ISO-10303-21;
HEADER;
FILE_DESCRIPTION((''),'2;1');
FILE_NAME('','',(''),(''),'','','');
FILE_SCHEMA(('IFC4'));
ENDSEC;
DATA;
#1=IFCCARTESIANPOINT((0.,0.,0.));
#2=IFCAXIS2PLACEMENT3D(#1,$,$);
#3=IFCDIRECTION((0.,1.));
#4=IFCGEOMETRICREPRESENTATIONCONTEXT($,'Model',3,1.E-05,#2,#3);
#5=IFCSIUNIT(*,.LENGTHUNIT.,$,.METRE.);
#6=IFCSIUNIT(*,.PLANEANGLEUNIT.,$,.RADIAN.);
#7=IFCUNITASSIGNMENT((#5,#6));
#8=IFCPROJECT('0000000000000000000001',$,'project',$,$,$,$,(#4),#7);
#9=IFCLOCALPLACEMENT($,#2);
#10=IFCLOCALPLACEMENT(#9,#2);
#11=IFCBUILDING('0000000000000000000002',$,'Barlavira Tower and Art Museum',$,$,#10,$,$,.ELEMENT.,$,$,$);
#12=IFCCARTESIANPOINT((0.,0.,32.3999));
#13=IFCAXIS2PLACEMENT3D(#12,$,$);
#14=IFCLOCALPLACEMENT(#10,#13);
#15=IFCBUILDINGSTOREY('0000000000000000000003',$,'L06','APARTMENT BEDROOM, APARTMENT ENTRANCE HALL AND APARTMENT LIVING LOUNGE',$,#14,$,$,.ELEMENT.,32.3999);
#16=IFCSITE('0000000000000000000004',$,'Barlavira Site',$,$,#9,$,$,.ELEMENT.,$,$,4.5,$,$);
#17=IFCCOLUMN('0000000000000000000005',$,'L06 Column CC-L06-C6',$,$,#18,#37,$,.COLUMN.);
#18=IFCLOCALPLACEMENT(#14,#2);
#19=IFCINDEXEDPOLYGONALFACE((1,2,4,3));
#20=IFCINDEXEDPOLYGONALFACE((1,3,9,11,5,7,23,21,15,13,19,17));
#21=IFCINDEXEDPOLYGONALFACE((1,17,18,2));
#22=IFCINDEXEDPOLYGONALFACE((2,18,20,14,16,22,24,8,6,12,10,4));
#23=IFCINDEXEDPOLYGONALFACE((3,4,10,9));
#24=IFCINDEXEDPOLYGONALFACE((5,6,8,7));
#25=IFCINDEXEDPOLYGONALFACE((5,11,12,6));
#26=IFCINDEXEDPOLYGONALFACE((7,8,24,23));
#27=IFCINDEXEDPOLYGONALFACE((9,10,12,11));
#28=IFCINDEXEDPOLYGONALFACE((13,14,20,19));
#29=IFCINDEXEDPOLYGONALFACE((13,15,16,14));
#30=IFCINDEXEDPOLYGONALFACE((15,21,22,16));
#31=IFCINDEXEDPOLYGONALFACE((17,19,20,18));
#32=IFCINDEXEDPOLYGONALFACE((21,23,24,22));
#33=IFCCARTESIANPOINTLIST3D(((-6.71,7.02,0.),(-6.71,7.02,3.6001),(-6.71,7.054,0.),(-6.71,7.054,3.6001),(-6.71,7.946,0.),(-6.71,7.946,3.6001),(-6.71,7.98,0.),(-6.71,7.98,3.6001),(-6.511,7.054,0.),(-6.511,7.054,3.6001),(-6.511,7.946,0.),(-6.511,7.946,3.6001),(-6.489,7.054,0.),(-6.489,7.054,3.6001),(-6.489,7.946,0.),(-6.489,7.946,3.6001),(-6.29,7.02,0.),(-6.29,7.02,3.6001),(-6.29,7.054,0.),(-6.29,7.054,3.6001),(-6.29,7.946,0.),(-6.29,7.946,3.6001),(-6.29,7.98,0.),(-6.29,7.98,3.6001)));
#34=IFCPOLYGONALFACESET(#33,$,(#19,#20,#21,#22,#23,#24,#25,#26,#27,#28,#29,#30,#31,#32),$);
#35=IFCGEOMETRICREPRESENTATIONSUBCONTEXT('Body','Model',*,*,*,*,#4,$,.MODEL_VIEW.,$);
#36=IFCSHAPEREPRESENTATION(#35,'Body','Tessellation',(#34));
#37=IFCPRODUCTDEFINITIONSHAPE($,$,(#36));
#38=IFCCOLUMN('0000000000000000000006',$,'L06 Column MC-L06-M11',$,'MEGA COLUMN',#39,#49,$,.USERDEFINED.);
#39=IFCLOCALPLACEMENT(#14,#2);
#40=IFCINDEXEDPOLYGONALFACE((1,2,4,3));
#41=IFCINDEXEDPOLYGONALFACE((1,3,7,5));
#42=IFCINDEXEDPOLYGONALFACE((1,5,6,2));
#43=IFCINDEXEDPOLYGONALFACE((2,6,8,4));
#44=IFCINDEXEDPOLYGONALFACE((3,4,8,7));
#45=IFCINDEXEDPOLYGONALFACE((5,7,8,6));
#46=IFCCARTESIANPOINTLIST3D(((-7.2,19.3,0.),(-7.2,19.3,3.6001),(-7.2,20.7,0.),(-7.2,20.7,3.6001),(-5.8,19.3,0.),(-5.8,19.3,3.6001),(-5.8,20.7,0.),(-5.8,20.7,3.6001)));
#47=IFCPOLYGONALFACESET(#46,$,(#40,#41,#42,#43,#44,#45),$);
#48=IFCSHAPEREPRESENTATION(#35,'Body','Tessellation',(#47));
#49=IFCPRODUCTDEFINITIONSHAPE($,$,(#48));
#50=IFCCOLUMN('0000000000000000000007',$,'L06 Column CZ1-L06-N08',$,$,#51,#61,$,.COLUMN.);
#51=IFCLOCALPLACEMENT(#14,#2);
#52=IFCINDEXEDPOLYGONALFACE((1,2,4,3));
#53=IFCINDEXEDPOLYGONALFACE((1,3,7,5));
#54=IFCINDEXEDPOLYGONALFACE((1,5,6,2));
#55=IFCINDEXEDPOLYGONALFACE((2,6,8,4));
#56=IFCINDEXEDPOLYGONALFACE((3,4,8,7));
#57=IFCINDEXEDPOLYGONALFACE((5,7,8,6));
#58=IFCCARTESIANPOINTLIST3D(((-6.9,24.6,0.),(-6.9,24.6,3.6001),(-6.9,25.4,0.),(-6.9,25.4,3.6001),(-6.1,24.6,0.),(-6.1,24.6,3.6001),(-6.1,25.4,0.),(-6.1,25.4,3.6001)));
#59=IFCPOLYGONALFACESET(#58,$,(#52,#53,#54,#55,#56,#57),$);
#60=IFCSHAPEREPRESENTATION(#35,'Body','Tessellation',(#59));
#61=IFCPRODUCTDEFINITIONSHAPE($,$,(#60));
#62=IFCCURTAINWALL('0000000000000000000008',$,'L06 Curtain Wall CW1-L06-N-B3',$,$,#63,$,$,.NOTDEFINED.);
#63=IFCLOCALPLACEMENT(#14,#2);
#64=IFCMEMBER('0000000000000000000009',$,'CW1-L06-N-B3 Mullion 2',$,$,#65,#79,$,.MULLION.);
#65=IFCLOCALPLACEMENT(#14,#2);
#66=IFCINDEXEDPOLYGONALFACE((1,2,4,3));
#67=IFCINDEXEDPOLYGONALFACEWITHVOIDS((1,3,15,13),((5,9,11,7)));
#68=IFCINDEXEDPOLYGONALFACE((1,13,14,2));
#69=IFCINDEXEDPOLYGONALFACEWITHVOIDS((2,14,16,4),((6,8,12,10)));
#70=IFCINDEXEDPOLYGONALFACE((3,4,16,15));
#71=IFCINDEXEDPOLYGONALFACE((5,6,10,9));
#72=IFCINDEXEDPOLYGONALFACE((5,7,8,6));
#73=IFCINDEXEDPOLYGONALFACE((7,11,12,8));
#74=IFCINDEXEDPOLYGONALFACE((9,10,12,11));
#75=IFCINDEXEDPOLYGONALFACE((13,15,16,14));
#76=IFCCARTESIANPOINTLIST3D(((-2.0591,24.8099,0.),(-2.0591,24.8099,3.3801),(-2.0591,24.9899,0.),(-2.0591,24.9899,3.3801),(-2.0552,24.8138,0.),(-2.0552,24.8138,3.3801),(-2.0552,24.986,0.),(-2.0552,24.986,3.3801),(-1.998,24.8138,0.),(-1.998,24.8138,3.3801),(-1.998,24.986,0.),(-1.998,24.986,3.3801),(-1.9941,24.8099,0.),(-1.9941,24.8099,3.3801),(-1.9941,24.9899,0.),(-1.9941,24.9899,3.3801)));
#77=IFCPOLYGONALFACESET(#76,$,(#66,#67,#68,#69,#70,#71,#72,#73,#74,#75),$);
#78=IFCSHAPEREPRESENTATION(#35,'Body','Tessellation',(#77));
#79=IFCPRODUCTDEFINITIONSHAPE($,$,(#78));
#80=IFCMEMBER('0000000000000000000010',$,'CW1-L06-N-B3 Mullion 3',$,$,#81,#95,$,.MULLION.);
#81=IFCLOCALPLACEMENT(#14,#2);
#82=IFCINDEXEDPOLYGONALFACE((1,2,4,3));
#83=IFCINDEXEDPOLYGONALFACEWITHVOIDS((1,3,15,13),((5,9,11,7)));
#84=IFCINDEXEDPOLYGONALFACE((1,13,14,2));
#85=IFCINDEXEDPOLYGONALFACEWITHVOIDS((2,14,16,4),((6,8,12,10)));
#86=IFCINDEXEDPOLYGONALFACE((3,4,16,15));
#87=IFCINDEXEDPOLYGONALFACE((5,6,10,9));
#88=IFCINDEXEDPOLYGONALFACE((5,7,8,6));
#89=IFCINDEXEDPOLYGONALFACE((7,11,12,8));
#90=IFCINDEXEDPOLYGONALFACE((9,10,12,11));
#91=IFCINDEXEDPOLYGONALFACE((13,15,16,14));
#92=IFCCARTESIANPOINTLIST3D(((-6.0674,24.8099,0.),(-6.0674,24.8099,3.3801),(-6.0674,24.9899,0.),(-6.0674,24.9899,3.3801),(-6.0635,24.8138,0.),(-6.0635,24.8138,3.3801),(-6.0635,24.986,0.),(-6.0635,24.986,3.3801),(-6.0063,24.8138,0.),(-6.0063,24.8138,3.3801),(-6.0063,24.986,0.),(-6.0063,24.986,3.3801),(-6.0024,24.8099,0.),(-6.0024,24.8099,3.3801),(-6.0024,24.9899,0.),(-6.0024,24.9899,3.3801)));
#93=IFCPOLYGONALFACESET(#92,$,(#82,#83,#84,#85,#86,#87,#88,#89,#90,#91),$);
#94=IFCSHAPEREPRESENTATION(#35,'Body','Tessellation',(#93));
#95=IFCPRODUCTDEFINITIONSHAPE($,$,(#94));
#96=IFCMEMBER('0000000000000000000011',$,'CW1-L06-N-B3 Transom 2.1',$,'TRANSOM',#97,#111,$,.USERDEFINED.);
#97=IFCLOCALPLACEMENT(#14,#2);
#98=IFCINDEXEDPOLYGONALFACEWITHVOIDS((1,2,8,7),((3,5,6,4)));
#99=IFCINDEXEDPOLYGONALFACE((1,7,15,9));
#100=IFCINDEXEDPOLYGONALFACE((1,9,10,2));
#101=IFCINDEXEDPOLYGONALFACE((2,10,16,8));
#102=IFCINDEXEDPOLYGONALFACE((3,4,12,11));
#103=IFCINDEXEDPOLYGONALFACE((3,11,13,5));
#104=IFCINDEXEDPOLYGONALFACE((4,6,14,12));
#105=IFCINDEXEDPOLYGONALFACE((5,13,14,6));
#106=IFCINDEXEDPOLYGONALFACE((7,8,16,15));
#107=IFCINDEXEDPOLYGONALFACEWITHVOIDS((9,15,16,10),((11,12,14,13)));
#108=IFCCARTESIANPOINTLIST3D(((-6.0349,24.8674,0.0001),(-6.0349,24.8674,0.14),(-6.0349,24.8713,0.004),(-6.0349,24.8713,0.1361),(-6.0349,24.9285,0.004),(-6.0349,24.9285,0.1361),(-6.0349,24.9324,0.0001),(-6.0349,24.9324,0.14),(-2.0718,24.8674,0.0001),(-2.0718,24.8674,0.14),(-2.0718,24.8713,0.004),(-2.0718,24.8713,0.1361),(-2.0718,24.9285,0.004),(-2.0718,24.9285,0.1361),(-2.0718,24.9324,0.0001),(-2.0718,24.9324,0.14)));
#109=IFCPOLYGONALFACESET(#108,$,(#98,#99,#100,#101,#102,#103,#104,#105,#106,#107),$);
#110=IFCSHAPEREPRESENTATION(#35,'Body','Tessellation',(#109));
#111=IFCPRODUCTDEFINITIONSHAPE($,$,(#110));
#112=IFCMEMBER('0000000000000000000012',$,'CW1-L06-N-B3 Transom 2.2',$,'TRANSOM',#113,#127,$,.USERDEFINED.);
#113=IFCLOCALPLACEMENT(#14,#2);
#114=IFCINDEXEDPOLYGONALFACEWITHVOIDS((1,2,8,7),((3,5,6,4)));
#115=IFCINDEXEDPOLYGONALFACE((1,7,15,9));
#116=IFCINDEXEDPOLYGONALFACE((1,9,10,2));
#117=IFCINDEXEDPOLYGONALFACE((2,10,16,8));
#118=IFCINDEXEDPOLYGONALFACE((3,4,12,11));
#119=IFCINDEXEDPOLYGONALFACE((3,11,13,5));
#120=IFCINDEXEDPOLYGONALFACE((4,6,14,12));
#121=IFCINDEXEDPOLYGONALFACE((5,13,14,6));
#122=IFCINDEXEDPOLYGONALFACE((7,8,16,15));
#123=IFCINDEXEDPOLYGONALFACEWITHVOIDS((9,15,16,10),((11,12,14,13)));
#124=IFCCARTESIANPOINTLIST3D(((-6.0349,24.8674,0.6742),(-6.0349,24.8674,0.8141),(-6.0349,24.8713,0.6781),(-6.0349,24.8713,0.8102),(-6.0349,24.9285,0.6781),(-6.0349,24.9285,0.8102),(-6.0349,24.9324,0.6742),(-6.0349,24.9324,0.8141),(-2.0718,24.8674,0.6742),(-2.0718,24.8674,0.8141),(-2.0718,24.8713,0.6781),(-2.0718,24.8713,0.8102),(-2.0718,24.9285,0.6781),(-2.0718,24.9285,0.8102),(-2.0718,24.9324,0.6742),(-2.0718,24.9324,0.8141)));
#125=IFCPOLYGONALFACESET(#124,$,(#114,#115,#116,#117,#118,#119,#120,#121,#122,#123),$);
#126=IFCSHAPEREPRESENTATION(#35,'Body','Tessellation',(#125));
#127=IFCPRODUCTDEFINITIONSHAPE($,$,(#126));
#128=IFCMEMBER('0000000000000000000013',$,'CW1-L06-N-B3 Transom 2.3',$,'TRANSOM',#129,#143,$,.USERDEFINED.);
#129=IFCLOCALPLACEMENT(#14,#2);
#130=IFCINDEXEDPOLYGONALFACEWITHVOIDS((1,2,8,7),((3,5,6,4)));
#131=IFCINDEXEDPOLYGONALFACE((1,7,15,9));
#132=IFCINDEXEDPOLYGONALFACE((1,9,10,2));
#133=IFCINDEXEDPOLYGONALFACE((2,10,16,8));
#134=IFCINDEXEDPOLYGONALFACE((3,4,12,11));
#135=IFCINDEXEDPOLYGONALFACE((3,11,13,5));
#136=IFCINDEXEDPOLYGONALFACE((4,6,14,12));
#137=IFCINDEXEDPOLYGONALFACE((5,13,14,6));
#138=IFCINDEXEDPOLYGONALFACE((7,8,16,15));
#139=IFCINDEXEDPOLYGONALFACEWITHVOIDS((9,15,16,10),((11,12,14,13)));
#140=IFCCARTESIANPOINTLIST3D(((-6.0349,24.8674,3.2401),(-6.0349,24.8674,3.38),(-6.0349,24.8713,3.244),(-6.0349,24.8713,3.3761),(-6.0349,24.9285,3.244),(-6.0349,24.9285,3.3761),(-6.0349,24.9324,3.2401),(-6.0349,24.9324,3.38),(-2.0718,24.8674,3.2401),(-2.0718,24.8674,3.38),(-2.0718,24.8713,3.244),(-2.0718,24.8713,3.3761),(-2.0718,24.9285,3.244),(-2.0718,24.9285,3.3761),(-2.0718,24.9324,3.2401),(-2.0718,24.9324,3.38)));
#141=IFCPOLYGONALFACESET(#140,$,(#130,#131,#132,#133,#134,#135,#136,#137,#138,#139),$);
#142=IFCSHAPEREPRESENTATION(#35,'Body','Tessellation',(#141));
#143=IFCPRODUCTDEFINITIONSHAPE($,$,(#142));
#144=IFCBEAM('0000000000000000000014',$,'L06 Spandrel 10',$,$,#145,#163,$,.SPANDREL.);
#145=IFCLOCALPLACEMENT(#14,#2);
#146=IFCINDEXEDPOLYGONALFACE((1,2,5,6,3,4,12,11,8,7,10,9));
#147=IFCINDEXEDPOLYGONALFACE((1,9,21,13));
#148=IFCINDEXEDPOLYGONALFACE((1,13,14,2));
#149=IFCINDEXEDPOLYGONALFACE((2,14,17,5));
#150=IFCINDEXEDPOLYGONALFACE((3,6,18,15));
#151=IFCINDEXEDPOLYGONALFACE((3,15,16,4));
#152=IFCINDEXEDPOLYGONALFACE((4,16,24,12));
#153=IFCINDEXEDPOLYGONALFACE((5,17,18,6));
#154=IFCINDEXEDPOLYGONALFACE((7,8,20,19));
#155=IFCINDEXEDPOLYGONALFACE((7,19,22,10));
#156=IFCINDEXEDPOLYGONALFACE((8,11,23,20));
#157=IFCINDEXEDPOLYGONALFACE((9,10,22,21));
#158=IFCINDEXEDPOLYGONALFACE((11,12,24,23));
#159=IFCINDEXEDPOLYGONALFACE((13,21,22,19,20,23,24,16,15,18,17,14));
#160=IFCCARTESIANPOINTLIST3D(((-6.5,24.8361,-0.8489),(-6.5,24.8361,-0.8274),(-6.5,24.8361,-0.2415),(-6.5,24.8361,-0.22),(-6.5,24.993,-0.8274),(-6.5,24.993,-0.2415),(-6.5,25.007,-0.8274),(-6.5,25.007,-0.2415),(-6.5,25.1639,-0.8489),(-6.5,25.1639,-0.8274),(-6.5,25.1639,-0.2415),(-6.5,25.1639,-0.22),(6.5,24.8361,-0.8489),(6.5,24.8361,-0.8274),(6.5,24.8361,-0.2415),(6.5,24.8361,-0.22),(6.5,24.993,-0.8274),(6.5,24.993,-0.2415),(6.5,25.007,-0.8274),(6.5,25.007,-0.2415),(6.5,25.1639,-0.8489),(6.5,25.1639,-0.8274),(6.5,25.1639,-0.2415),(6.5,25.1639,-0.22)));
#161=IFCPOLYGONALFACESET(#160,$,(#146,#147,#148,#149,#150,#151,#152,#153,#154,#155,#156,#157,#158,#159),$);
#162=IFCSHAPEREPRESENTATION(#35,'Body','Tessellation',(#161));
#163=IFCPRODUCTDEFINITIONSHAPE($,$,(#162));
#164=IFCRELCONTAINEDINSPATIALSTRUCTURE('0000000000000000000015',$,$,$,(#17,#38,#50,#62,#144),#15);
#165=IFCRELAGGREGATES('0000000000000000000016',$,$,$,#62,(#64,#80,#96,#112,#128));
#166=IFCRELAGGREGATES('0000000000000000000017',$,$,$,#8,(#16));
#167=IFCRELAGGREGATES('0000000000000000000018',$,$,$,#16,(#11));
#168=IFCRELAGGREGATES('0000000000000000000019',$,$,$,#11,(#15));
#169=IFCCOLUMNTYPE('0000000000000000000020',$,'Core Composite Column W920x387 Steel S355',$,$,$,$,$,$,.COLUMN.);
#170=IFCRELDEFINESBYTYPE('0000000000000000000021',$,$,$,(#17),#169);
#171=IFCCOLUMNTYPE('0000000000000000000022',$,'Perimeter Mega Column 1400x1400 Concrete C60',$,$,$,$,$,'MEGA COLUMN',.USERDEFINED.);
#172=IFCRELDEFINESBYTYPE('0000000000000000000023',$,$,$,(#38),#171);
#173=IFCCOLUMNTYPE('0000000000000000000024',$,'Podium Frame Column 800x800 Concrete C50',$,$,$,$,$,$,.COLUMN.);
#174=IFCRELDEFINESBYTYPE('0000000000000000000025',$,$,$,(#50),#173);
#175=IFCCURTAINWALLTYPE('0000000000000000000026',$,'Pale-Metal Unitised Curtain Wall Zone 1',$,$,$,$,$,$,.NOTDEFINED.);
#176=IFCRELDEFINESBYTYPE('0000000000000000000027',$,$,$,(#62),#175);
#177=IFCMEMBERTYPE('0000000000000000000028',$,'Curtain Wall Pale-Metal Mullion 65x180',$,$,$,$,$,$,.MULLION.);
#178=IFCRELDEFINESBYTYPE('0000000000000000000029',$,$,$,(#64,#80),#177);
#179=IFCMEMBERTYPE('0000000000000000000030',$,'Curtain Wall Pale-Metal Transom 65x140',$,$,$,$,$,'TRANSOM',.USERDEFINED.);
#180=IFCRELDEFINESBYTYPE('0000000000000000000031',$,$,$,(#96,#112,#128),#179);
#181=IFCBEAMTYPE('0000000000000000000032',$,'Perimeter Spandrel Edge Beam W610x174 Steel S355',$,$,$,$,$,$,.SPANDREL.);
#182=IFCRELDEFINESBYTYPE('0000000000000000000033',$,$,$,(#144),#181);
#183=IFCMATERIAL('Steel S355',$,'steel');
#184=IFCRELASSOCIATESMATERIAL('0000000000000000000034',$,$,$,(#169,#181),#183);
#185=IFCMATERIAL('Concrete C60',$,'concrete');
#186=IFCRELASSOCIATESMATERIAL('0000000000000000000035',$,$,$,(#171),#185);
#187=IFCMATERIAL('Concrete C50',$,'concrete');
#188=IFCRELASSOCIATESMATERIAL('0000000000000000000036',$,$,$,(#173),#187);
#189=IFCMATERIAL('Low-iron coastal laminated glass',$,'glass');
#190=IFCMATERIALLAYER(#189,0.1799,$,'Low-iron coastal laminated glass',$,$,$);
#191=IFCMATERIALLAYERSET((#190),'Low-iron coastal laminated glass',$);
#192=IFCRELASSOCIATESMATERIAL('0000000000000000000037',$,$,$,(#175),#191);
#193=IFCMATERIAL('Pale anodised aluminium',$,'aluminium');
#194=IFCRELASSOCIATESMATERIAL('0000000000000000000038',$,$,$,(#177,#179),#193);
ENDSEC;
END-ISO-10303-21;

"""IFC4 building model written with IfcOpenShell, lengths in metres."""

from ifc_helpers import new_model, si_unit, direction, frame, origin, origin_2d, place, context, subcontext, project, spatial, rectangle, hollow_rectangle, i_section, extrude, material, layer, layer_set, material_profile, profile_set, type_object, element, aggregate, save


model = new_model("IFC4")

# Units and contexts
model_context = context("Model", 3, precision=1e-05, world=origin(), true_north=direction((0.0, 1.0)))
body_context = subcontext(model_context, "Body", "Model", "MODEL_VIEW")
ifc_project = project(units=[si_unit("LENGTHUNIT", "METRE"), si_unit("PLANEANGLEUNIT", "RADIAN")], contexts=[model_context])

# Site, building, storey
site_placement = place(None, origin())
site = spatial("IfcSite", under=ifc_project, at=site_placement, Name="Barlavira Site", CompositionType="ELEMENT", RefElevation=4.5)
building_placement = place(site_placement, origin())
building = spatial("IfcBuilding", under=site, at=building_placement, Name="Barlavira Tower and Art Museum", CompositionType="ELEMENT")
storey_placement = place(building_placement, frame((0.0, 0.0, 32.3999)))
storey = spatial("IfcBuildingStorey", under=building, at=storey_placement, Name="L06", Description="APARTMENT BEDROOM, APARTMENT ENTRANCE HALL AND APARTMENT LIVING LOUNGE", CompositionType="ELEMENT", Elevation=32.3999)

# Columns
ifc_material_1 = material(Name="Steel S355", Category="steel")
ifc_material_profile_1 = material_profile(ifc_material_1, i_section(OverallWidth=0.4199, OverallDepth=0.96, WebThickness=0.022, FlangeThickness=0.0339, at=origin_2d()), Name="W920x387.0")
ifc_profile_set_1 = profile_set([ifc_material_profile_1], Name="Steel S355")
column_type_1 = type_object("IfcColumnType", Name="Core Composite Column W920x387 Steel S355", PredefinedType="COLUMN", material=ifc_profile_set_1)
column_1_placement = place(storey_placement, frame((-6.5, 7.5, 0.0), z_axis=(0.0, 0.0, 1.0), x_axis=(1.0, 0.0, 0.0)))
element("IfcColumn", 1, at=column_1_placement, inside=storey, type_object=column_type_1, Name="L06 Column CC-L06-C6", PredefinedType="COLUMN", context=body_context, shape_type="SweptSolid", body=[
    extrude(i_section(OverallWidth=0.4199, OverallDepth=0.96, WebThickness=0.022, FlangeThickness=0.0339, at=origin_2d()), origin(), (0.0, 0.0, 1.0), 3.6001),
])
ifc_material_2 = material(Name="Concrete C60", Category="concrete")
ifc_material_profile_2 = material_profile(ifc_material_2, rectangle(XDim=1.3999, YDim=1.3999, at=origin_2d()), Name="RC-MCOL 1400x1400")
ifc_profile_set_2 = profile_set([ifc_material_profile_2], Name="Concrete C60")
column_type_2 = type_object("IfcColumnType", Name="Perimeter Mega Column 1400x1400 Concrete C60", ElementType="MEGA COLUMN", PredefinedType="USERDEFINED", material=ifc_profile_set_2)
column_2_placement = place(storey_placement, frame((-6.5, 20.0, 0.0), z_axis=(0.0, 0.0, 1.0), x_axis=(1.0, 0.0, 0.0)))
element("IfcColumn", 2, at=column_2_placement, inside=storey, type_object=column_type_2, Name="L06 Column MC-L06-M11", ObjectType="MEGA COLUMN", PredefinedType="USERDEFINED", context=body_context, shape_type="SweptSolid", body=[
    extrude(rectangle(XDim=1.3999, YDim=1.3999, at=origin_2d()), origin(), (0.0, 0.0, 1.0), 3.6001),
])
ifc_material_3 = material(Name="Concrete C50", Category="concrete")
ifc_material_profile_3 = material_profile(ifc_material_3, rectangle(XDim=0.8, YDim=0.8, at=origin_2d()), Name="RC-COL 800x800")
ifc_profile_set_3 = profile_set([ifc_material_profile_3], Name="Concrete C50")
column_type_3 = type_object("IfcColumnType", Name="Podium Frame Column 800x800 Concrete C50", PredefinedType="COLUMN", material=ifc_profile_set_3)
column_3_placement = place(storey_placement, frame((-6.5, 25.0, 0.0), z_axis=(0.0, 0.0, 1.0), x_axis=(1.0, 0.0, 0.0)))
element("IfcColumn", 3, at=column_3_placement, inside=storey, type_object=column_type_3, Name="L06 Column CZ1-L06-N08", PredefinedType="COLUMN", context=body_context, shape_type="SweptSolid", body=[
    extrude(rectangle(XDim=0.8, YDim=0.8, at=origin_2d()), origin(), (0.0, 0.0, 1.0), 3.6001),
])

# Curtain wall, members
ifc_material_4 = material(Name="Low-iron coastal laminated glass", Category="glass")
ifc_layer_1 = layer(ifc_material_4, 0.1799, Name="Low-iron coastal laminated glass")
ifc_layer_set_1 = layer_set([ifc_layer_1], Name="Low-iron coastal laminated glass")
curtain_wall_type = type_object("IfcCurtainWallType", Name="Pale-Metal Unitised Curtain Wall Zone 1", PredefinedType="NOTDEFINED", material=ifc_layer_set_1)
curtain_wall_placement = place(storey_placement, origin())
curtain_wall = element("IfcCurtainWall", 4, at=curtain_wall_placement, inside=storey, type_object=curtain_wall_type, Name="L06 Curtain Wall CW1-L06-N-B3", PredefinedType="NOTDEFINED")
ifc_material_5 = material(Name="Pale anodised aluminium", Category="aluminium")
ifc_material_profile_4 = material_profile(ifc_material_5, hollow_rectangle(XDim=0.0649, YDim=0.1799, WallThickness=0.0039, at=origin_2d()), Name="ALU-MULL 65x180x4")
ifc_profile_set_4 = profile_set([ifc_material_profile_4], Name="Pale anodised aluminium")
member_type_1 = type_object("IfcMemberType", Name="Curtain Wall Pale-Metal Mullion 65x180", PredefinedType="MULLION", material=ifc_profile_set_4)
member_1_placement = place(storey_placement, frame((-2.0266, 24.8999, 0.0), z_axis=(0.0, 0.0, 1.0), x_axis=(-1.0, 0.0, 0.0)))
member_1 = element("IfcMember", 5, at=member_1_placement, type_object=member_type_1, Name="CW1-L06-N-B3 Mullion 2", PredefinedType="MULLION", context=body_context, shape_type="SweptSolid", body=[
    extrude(hollow_rectangle(XDim=0.0649, YDim=0.1799, WallThickness=0.0039, at=origin_2d()), origin(), (0.0, 0.0, 1.0), 3.3801),
])
member_2_placement = place(storey_placement, frame((-6.0349, 24.8999, 0.0), z_axis=(0.0, 0.0, 1.0), x_axis=(-1.0, 0.0, 0.0)))
member_2 = element("IfcMember", 6, at=member_2_placement, type_object=member_type_1, Name="CW1-L06-N-B3 Mullion 3", PredefinedType="MULLION", context=body_context, shape_type="SweptSolid", body=[
    extrude(hollow_rectangle(XDim=0.0649, YDim=0.1799, WallThickness=0.0039, at=origin_2d()), origin(), (0.0, 0.0, 1.0), 3.3801),
])
ifc_material_profile_5 = material_profile(ifc_material_5, hollow_rectangle(XDim=0.0649, YDim=0.1399, WallThickness=0.0039, at=origin_2d()), Name="ALU-TRAN 65x140x4")
ifc_profile_set_5 = profile_set([ifc_material_profile_5], Name="Pale anodised aluminium")
member_type_2 = type_object("IfcMemberType", Name="Curtain Wall Pale-Metal Transom 65x140", ElementType="TRANSOM", PredefinedType="USERDEFINED", material=ifc_profile_set_5)
member_3_placement = place(storey_placement, frame((-2.0718, 24.8999, 0.0701), z_axis=(-1.0, 0.0, 0.0), x_axis=(0.0, -1.0, 0.0)))
member_3 = element("IfcMember", 7, at=member_3_placement, type_object=member_type_2, Name="CW1-L06-N-B3 Transom 2.1", ObjectType="TRANSOM", PredefinedType="USERDEFINED", context=body_context, shape_type="SweptSolid", body=[
    extrude(hollow_rectangle(XDim=0.0649, YDim=0.1399, WallThickness=0.0039, at=origin_2d()), origin(), (0.0, 0.0, 1.0), 3.9631),
])
member_4_placement = place(storey_placement, frame((-2.0718, 24.8999, 0.7441), z_axis=(-1.0, 0.0, 0.0), x_axis=(0.0, -1.0, 0.0)))
member_4 = element("IfcMember", 8, at=member_4_placement, type_object=member_type_2, Name="CW1-L06-N-B3 Transom 2.2", ObjectType="TRANSOM", PredefinedType="USERDEFINED", context=body_context, shape_type="SweptSolid", body=[
    extrude(hollow_rectangle(XDim=0.0649, YDim=0.1399, WallThickness=0.0039, at=origin_2d()), origin(), (0.0, 0.0, 1.0), 3.9631),
])
member_5_placement = place(storey_placement, frame((-2.0718, 24.8999, 3.3101), z_axis=(-1.0, 0.0, 0.0), x_axis=(0.0, -1.0, 0.0)))
member_5 = element("IfcMember", 9, at=member_5_placement, type_object=member_type_2, Name="CW1-L06-N-B3 Transom 2.3", ObjectType="TRANSOM", PredefinedType="USERDEFINED", context=body_context, shape_type="SweptSolid", body=[
    extrude(hollow_rectangle(XDim=0.0649, YDim=0.1399, WallThickness=0.0039, at=origin_2d()), origin(), (0.0, 0.0, 1.0), 3.9631),
])

# Beam
ifc_material_profile_6 = material_profile(ifc_material_1, i_section(OverallWidth=0.3279, OverallDepth=0.6289, WebThickness=0.0139, FlangeThickness=0.0215, at=origin_2d()), Name="W610x174.0")
ifc_profile_set_6 = profile_set([ifc_material_profile_6], Name="Steel S355")
beam_type_1 = type_object("IfcBeamType", Name="Perimeter Spandrel Edge Beam W610x174 Steel S355", PredefinedType="SPANDREL", material=ifc_profile_set_6)
beam_1_placement = place(storey_placement, frame((-6.5, 25.0, -0.5344), z_axis=(1.0, 0.0, 0.0), x_axis=(0.0, 1.0, 0.0)))
element("IfcBeam", 10, at=beam_1_placement, inside=storey, type_object=beam_type_1, Name="L06 Spandrel 10", PredefinedType="SPANDREL", context=body_context, shape_type="SweptSolid", body=[
    extrude(i_section(OverallWidth=0.3279, OverallDepth=0.6289, WebThickness=0.0139, FlangeThickness=0.0215, at=origin_2d()), origin(), (0.0, 0.0, 1.0), 13.0),
])

aggregate(curtain_wall, [member_1, member_2, member_3, member_4, member_5])

save(model, "model.ifc")
